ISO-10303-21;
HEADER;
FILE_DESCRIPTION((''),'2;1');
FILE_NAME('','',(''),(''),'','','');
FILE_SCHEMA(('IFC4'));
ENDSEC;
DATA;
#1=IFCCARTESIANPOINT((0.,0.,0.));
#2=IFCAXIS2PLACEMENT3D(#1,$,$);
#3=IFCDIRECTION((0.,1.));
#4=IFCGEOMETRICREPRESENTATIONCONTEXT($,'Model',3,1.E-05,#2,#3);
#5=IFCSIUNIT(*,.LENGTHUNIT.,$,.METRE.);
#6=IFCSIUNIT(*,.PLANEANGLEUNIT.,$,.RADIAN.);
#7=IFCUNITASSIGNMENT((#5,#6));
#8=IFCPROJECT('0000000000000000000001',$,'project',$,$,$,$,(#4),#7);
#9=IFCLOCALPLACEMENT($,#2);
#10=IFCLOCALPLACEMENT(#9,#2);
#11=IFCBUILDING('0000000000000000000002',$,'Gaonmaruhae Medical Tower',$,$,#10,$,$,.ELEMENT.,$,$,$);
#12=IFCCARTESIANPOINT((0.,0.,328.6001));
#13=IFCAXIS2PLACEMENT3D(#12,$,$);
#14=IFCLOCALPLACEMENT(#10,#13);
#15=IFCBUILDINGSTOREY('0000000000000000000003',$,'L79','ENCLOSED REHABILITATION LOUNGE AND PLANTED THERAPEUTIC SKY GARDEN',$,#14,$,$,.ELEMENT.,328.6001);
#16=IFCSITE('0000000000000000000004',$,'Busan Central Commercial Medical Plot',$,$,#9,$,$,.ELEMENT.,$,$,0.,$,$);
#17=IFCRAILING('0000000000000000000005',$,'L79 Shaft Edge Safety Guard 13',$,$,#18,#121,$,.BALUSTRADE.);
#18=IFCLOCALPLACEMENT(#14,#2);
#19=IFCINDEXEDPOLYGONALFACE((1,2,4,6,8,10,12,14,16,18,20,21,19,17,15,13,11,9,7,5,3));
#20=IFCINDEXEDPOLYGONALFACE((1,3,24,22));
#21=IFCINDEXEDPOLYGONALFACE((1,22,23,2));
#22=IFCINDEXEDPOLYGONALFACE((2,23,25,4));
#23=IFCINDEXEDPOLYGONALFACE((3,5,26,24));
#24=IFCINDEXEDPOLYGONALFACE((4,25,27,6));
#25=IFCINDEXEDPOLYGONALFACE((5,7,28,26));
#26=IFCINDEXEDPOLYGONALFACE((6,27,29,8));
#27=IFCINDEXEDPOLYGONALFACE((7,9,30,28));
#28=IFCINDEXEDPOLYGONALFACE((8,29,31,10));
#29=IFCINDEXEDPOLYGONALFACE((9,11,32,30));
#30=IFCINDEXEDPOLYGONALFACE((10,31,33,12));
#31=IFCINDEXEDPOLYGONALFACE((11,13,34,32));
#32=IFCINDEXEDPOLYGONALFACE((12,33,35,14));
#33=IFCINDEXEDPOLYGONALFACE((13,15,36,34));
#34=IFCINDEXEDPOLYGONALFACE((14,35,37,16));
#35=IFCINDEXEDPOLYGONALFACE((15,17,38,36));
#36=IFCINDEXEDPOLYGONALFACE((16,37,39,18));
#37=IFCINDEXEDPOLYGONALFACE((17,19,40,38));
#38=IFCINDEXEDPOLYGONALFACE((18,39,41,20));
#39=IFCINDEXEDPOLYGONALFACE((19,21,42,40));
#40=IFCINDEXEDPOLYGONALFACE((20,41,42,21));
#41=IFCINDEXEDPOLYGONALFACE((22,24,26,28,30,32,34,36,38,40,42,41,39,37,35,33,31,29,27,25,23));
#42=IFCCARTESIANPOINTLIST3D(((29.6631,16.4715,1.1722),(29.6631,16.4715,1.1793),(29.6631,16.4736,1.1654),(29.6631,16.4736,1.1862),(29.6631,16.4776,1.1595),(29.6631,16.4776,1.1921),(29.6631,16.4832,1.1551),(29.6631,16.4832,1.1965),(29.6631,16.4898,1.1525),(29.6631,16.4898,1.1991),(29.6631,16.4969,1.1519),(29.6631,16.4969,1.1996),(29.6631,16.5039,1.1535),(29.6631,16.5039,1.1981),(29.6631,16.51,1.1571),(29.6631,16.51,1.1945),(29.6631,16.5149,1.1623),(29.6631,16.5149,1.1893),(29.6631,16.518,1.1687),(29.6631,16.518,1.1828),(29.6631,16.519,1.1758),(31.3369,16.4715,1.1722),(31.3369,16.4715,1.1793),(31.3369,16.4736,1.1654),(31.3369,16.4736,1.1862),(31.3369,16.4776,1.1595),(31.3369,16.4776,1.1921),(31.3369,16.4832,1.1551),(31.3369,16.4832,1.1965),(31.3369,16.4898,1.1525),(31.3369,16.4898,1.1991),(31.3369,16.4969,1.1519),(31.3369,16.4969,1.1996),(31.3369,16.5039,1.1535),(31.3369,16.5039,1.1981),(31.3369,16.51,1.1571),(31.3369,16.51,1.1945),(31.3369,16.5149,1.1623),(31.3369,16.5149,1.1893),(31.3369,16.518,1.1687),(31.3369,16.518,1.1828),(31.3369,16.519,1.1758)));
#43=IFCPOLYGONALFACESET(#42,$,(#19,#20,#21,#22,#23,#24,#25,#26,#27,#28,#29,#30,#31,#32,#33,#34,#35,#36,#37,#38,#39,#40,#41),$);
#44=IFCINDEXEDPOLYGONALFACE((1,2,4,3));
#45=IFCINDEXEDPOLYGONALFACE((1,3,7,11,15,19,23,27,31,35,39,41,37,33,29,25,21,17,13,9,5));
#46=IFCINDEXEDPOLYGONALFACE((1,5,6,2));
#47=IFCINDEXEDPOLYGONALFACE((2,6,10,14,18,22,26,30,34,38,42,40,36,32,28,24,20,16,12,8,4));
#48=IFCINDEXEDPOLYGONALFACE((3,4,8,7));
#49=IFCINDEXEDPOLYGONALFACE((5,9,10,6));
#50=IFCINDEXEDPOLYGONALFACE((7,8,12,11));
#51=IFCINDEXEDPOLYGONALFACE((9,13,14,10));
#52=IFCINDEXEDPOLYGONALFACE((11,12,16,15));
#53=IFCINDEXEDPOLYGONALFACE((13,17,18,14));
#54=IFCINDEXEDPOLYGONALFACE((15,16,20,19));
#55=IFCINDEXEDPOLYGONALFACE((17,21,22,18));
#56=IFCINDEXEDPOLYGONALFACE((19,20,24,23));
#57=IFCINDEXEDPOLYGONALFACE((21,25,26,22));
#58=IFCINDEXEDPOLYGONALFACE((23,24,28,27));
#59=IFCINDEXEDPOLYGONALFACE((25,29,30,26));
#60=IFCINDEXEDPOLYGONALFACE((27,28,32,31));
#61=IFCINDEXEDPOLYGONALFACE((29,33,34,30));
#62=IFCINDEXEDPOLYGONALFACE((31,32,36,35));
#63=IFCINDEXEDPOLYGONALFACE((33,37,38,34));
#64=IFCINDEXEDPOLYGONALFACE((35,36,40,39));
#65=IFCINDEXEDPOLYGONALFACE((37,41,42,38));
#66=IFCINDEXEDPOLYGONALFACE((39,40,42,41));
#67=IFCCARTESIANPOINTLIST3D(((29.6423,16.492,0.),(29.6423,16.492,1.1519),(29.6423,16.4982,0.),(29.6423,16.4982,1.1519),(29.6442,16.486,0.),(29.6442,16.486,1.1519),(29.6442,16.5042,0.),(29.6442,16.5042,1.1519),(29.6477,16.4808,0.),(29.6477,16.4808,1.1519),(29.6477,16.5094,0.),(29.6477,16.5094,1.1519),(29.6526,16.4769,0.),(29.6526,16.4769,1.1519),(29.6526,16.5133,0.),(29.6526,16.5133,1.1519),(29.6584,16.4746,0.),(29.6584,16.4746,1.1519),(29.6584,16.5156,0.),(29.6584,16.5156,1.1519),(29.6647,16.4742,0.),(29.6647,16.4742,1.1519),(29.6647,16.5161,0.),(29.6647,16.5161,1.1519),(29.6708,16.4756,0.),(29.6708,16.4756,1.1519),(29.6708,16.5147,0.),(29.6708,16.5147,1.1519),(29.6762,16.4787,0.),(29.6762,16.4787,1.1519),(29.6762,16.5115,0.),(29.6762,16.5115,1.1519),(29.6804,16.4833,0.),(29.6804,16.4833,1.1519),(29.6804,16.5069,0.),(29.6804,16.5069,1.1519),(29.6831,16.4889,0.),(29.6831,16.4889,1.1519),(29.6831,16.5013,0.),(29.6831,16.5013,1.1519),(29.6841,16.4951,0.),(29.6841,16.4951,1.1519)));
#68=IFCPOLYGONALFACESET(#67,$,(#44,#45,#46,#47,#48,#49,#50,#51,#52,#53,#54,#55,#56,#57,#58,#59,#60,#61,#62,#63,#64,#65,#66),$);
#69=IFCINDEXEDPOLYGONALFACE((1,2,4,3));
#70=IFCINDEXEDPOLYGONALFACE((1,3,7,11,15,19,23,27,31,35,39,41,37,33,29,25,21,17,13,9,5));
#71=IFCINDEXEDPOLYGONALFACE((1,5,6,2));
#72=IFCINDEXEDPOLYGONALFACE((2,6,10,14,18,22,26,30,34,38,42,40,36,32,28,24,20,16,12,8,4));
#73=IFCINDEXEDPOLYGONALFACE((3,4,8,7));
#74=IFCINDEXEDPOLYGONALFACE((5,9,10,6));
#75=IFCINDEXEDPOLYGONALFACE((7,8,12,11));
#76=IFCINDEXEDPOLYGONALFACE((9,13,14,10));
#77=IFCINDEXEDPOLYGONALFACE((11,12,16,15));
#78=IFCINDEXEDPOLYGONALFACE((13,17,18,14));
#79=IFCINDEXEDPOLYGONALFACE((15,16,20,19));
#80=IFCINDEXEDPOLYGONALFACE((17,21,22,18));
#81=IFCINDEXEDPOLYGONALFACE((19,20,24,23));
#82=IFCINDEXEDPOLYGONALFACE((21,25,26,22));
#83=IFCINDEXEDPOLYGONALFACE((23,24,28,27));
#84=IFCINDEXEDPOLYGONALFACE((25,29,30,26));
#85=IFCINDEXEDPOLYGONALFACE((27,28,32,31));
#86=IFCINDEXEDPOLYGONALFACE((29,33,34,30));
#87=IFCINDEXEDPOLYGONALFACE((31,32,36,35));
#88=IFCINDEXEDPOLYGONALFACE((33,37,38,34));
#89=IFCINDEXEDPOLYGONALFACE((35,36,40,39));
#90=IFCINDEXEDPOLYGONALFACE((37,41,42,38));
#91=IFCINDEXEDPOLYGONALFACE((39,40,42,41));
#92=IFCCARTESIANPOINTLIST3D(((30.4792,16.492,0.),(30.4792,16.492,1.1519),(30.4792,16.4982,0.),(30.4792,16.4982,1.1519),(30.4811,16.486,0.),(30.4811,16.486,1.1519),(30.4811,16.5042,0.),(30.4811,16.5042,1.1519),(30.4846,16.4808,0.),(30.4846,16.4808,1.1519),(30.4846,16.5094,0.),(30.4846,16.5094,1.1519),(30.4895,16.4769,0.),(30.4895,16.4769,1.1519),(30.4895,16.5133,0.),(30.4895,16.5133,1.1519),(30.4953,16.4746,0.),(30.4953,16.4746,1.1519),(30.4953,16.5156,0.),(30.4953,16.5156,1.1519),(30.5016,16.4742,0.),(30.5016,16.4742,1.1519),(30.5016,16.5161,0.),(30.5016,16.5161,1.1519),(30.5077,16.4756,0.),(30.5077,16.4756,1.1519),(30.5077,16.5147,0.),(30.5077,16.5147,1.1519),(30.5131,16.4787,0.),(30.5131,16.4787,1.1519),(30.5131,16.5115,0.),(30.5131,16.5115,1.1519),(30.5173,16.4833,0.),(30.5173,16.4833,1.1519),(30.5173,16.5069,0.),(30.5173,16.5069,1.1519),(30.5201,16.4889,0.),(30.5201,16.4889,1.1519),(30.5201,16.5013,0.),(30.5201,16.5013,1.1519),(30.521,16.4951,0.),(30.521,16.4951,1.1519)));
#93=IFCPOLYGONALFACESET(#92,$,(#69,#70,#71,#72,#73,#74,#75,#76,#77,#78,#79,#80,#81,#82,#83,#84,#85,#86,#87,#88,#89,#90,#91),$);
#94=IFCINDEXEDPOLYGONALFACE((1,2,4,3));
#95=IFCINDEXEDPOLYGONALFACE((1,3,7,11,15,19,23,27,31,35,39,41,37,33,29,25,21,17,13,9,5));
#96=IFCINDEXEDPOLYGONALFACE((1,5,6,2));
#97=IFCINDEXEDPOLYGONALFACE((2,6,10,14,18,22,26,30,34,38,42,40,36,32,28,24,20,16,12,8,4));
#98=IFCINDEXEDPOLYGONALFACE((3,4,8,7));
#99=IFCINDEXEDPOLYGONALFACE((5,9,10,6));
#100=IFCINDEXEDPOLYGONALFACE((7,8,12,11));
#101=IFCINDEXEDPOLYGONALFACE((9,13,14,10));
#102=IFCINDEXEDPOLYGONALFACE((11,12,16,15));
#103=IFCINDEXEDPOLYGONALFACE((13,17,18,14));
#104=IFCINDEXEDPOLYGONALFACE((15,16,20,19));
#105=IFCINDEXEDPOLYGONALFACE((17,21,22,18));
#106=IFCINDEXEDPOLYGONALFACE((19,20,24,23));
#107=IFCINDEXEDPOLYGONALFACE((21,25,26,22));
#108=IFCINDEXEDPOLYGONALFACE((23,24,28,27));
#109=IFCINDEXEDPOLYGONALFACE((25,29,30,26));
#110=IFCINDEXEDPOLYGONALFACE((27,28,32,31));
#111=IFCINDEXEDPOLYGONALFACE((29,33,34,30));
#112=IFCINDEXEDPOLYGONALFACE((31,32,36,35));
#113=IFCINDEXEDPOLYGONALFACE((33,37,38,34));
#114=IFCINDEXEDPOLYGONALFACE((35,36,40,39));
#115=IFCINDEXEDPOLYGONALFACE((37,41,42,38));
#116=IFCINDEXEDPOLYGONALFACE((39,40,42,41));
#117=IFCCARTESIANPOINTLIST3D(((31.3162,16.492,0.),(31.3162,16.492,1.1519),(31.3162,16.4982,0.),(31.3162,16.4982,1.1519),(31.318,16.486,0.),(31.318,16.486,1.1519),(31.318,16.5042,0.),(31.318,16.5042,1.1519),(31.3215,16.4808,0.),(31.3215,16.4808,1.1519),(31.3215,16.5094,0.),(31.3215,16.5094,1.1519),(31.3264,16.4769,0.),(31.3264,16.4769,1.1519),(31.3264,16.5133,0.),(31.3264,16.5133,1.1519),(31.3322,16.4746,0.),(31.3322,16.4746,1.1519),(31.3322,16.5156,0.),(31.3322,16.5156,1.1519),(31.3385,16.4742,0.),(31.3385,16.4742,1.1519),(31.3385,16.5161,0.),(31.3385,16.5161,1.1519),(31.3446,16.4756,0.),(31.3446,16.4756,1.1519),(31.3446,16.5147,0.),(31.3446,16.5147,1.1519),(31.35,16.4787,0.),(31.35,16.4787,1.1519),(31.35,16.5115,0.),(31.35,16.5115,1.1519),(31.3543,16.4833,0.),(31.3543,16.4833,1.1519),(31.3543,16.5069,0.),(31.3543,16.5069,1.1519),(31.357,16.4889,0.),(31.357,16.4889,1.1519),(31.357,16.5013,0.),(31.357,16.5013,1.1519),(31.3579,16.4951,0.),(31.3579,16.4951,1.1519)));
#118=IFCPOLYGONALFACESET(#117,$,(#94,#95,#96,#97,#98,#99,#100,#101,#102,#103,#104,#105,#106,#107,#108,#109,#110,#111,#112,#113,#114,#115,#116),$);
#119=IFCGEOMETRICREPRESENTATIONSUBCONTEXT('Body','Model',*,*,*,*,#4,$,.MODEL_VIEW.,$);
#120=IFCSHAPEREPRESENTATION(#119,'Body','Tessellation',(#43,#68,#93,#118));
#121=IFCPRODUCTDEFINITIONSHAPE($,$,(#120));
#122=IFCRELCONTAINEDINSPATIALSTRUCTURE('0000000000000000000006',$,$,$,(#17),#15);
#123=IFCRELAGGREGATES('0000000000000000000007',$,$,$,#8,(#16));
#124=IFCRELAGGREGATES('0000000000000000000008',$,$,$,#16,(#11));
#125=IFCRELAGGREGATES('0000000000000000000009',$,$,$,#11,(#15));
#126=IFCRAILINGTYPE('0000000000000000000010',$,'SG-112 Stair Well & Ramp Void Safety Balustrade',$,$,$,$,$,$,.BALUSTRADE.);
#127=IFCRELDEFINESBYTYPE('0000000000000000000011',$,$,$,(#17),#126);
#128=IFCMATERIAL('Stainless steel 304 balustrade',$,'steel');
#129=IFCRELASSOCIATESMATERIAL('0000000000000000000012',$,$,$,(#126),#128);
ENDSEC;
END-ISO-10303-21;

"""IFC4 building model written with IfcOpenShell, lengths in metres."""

from ifc_helpers import new_model, si_unit, direction, frame, origin, origin_2d, place, context, subcontext, project, spatial, circle, extrude, material, type_object, element, save


model = new_model("IFC4")

# Units and contexts
model_context = context("Model", 3, precision=1e-05, world=origin(), true_north=direction((0.0, 1.0)))
body_context = subcontext(model_context, "Body", "Model", "MODEL_VIEW")
ifc_project = project(units=[si_unit("LENGTHUNIT", "METRE"), si_unit("PLANEANGLEUNIT", "RADIAN")], contexts=[model_context])

# Site, building, storey
site_placement = place(None, origin())
site = spatial("IfcSite", under=ifc_project, at=site_placement, Name="Busan Central Commercial Medical Plot", CompositionType="ELEMENT", RefElevation=0.0)
building_placement = place(site_placement, origin())
building = spatial("IfcBuilding", under=site, at=building_placement, Name="Gaonmaruhae Medical Tower", CompositionType="ELEMENT")
storey_placement = place(building_placement, frame((0.0, 0.0, 328.6001)))
storey = spatial("IfcBuildingStorey", under=building, at=storey_placement, Name="L79", Description="ENCLOSED REHABILITATION LOUNGE AND PLANTED THERAPEUTIC SKY GARDEN", CompositionType="ELEMENT", Elevation=328.6001)

# Railing
ifc_material_1 = material(Name="Stainless steel 304 balustrade", Category="steel")
railing_type_1 = type_object("IfcRailingType", Name="SG-112 Stair Well & Ramp Void Safety Balustrade", PredefinedType="BALUSTRADE", material=ifc_material_1)
railing_1_placement = place(storey_placement, frame((29.6631, 16.4951, 0.0)))
element("IfcRailing", 1, at=railing_1_placement, inside=storey, type_object=railing_type_1, Name="L79 Shaft Edge Safety Guard 13", PredefinedType="BALUSTRADE", context=body_context, shape_type="SweptSolid", body=[
    extrude(circle(Radius=0.0239, at=origin_2d()), frame((0.0, 0.0, 1.1758), z_axis=(1.0, 0.0, 0.0), x_axis=(0.0, 1.0, 0.0)), (0.0, 0.0, 1.0), 1.6738),
    extrude(circle(Radius=0.021, at=origin_2d()), origin(), (0.0, 0.0, 1.0), 1.1519),
    extrude(circle(Radius=0.021, at=origin_2d()), frame((0.8369, 0.0, 0.0)), (0.0, 0.0, 1.0), 1.1519),
    extrude(circle(Radius=0.021, at=origin_2d()), frame((1.6738, 0.0, 0.0)), (0.0, 0.0, 1.0), 1.1519),
])

save(model, "model.ifc")
